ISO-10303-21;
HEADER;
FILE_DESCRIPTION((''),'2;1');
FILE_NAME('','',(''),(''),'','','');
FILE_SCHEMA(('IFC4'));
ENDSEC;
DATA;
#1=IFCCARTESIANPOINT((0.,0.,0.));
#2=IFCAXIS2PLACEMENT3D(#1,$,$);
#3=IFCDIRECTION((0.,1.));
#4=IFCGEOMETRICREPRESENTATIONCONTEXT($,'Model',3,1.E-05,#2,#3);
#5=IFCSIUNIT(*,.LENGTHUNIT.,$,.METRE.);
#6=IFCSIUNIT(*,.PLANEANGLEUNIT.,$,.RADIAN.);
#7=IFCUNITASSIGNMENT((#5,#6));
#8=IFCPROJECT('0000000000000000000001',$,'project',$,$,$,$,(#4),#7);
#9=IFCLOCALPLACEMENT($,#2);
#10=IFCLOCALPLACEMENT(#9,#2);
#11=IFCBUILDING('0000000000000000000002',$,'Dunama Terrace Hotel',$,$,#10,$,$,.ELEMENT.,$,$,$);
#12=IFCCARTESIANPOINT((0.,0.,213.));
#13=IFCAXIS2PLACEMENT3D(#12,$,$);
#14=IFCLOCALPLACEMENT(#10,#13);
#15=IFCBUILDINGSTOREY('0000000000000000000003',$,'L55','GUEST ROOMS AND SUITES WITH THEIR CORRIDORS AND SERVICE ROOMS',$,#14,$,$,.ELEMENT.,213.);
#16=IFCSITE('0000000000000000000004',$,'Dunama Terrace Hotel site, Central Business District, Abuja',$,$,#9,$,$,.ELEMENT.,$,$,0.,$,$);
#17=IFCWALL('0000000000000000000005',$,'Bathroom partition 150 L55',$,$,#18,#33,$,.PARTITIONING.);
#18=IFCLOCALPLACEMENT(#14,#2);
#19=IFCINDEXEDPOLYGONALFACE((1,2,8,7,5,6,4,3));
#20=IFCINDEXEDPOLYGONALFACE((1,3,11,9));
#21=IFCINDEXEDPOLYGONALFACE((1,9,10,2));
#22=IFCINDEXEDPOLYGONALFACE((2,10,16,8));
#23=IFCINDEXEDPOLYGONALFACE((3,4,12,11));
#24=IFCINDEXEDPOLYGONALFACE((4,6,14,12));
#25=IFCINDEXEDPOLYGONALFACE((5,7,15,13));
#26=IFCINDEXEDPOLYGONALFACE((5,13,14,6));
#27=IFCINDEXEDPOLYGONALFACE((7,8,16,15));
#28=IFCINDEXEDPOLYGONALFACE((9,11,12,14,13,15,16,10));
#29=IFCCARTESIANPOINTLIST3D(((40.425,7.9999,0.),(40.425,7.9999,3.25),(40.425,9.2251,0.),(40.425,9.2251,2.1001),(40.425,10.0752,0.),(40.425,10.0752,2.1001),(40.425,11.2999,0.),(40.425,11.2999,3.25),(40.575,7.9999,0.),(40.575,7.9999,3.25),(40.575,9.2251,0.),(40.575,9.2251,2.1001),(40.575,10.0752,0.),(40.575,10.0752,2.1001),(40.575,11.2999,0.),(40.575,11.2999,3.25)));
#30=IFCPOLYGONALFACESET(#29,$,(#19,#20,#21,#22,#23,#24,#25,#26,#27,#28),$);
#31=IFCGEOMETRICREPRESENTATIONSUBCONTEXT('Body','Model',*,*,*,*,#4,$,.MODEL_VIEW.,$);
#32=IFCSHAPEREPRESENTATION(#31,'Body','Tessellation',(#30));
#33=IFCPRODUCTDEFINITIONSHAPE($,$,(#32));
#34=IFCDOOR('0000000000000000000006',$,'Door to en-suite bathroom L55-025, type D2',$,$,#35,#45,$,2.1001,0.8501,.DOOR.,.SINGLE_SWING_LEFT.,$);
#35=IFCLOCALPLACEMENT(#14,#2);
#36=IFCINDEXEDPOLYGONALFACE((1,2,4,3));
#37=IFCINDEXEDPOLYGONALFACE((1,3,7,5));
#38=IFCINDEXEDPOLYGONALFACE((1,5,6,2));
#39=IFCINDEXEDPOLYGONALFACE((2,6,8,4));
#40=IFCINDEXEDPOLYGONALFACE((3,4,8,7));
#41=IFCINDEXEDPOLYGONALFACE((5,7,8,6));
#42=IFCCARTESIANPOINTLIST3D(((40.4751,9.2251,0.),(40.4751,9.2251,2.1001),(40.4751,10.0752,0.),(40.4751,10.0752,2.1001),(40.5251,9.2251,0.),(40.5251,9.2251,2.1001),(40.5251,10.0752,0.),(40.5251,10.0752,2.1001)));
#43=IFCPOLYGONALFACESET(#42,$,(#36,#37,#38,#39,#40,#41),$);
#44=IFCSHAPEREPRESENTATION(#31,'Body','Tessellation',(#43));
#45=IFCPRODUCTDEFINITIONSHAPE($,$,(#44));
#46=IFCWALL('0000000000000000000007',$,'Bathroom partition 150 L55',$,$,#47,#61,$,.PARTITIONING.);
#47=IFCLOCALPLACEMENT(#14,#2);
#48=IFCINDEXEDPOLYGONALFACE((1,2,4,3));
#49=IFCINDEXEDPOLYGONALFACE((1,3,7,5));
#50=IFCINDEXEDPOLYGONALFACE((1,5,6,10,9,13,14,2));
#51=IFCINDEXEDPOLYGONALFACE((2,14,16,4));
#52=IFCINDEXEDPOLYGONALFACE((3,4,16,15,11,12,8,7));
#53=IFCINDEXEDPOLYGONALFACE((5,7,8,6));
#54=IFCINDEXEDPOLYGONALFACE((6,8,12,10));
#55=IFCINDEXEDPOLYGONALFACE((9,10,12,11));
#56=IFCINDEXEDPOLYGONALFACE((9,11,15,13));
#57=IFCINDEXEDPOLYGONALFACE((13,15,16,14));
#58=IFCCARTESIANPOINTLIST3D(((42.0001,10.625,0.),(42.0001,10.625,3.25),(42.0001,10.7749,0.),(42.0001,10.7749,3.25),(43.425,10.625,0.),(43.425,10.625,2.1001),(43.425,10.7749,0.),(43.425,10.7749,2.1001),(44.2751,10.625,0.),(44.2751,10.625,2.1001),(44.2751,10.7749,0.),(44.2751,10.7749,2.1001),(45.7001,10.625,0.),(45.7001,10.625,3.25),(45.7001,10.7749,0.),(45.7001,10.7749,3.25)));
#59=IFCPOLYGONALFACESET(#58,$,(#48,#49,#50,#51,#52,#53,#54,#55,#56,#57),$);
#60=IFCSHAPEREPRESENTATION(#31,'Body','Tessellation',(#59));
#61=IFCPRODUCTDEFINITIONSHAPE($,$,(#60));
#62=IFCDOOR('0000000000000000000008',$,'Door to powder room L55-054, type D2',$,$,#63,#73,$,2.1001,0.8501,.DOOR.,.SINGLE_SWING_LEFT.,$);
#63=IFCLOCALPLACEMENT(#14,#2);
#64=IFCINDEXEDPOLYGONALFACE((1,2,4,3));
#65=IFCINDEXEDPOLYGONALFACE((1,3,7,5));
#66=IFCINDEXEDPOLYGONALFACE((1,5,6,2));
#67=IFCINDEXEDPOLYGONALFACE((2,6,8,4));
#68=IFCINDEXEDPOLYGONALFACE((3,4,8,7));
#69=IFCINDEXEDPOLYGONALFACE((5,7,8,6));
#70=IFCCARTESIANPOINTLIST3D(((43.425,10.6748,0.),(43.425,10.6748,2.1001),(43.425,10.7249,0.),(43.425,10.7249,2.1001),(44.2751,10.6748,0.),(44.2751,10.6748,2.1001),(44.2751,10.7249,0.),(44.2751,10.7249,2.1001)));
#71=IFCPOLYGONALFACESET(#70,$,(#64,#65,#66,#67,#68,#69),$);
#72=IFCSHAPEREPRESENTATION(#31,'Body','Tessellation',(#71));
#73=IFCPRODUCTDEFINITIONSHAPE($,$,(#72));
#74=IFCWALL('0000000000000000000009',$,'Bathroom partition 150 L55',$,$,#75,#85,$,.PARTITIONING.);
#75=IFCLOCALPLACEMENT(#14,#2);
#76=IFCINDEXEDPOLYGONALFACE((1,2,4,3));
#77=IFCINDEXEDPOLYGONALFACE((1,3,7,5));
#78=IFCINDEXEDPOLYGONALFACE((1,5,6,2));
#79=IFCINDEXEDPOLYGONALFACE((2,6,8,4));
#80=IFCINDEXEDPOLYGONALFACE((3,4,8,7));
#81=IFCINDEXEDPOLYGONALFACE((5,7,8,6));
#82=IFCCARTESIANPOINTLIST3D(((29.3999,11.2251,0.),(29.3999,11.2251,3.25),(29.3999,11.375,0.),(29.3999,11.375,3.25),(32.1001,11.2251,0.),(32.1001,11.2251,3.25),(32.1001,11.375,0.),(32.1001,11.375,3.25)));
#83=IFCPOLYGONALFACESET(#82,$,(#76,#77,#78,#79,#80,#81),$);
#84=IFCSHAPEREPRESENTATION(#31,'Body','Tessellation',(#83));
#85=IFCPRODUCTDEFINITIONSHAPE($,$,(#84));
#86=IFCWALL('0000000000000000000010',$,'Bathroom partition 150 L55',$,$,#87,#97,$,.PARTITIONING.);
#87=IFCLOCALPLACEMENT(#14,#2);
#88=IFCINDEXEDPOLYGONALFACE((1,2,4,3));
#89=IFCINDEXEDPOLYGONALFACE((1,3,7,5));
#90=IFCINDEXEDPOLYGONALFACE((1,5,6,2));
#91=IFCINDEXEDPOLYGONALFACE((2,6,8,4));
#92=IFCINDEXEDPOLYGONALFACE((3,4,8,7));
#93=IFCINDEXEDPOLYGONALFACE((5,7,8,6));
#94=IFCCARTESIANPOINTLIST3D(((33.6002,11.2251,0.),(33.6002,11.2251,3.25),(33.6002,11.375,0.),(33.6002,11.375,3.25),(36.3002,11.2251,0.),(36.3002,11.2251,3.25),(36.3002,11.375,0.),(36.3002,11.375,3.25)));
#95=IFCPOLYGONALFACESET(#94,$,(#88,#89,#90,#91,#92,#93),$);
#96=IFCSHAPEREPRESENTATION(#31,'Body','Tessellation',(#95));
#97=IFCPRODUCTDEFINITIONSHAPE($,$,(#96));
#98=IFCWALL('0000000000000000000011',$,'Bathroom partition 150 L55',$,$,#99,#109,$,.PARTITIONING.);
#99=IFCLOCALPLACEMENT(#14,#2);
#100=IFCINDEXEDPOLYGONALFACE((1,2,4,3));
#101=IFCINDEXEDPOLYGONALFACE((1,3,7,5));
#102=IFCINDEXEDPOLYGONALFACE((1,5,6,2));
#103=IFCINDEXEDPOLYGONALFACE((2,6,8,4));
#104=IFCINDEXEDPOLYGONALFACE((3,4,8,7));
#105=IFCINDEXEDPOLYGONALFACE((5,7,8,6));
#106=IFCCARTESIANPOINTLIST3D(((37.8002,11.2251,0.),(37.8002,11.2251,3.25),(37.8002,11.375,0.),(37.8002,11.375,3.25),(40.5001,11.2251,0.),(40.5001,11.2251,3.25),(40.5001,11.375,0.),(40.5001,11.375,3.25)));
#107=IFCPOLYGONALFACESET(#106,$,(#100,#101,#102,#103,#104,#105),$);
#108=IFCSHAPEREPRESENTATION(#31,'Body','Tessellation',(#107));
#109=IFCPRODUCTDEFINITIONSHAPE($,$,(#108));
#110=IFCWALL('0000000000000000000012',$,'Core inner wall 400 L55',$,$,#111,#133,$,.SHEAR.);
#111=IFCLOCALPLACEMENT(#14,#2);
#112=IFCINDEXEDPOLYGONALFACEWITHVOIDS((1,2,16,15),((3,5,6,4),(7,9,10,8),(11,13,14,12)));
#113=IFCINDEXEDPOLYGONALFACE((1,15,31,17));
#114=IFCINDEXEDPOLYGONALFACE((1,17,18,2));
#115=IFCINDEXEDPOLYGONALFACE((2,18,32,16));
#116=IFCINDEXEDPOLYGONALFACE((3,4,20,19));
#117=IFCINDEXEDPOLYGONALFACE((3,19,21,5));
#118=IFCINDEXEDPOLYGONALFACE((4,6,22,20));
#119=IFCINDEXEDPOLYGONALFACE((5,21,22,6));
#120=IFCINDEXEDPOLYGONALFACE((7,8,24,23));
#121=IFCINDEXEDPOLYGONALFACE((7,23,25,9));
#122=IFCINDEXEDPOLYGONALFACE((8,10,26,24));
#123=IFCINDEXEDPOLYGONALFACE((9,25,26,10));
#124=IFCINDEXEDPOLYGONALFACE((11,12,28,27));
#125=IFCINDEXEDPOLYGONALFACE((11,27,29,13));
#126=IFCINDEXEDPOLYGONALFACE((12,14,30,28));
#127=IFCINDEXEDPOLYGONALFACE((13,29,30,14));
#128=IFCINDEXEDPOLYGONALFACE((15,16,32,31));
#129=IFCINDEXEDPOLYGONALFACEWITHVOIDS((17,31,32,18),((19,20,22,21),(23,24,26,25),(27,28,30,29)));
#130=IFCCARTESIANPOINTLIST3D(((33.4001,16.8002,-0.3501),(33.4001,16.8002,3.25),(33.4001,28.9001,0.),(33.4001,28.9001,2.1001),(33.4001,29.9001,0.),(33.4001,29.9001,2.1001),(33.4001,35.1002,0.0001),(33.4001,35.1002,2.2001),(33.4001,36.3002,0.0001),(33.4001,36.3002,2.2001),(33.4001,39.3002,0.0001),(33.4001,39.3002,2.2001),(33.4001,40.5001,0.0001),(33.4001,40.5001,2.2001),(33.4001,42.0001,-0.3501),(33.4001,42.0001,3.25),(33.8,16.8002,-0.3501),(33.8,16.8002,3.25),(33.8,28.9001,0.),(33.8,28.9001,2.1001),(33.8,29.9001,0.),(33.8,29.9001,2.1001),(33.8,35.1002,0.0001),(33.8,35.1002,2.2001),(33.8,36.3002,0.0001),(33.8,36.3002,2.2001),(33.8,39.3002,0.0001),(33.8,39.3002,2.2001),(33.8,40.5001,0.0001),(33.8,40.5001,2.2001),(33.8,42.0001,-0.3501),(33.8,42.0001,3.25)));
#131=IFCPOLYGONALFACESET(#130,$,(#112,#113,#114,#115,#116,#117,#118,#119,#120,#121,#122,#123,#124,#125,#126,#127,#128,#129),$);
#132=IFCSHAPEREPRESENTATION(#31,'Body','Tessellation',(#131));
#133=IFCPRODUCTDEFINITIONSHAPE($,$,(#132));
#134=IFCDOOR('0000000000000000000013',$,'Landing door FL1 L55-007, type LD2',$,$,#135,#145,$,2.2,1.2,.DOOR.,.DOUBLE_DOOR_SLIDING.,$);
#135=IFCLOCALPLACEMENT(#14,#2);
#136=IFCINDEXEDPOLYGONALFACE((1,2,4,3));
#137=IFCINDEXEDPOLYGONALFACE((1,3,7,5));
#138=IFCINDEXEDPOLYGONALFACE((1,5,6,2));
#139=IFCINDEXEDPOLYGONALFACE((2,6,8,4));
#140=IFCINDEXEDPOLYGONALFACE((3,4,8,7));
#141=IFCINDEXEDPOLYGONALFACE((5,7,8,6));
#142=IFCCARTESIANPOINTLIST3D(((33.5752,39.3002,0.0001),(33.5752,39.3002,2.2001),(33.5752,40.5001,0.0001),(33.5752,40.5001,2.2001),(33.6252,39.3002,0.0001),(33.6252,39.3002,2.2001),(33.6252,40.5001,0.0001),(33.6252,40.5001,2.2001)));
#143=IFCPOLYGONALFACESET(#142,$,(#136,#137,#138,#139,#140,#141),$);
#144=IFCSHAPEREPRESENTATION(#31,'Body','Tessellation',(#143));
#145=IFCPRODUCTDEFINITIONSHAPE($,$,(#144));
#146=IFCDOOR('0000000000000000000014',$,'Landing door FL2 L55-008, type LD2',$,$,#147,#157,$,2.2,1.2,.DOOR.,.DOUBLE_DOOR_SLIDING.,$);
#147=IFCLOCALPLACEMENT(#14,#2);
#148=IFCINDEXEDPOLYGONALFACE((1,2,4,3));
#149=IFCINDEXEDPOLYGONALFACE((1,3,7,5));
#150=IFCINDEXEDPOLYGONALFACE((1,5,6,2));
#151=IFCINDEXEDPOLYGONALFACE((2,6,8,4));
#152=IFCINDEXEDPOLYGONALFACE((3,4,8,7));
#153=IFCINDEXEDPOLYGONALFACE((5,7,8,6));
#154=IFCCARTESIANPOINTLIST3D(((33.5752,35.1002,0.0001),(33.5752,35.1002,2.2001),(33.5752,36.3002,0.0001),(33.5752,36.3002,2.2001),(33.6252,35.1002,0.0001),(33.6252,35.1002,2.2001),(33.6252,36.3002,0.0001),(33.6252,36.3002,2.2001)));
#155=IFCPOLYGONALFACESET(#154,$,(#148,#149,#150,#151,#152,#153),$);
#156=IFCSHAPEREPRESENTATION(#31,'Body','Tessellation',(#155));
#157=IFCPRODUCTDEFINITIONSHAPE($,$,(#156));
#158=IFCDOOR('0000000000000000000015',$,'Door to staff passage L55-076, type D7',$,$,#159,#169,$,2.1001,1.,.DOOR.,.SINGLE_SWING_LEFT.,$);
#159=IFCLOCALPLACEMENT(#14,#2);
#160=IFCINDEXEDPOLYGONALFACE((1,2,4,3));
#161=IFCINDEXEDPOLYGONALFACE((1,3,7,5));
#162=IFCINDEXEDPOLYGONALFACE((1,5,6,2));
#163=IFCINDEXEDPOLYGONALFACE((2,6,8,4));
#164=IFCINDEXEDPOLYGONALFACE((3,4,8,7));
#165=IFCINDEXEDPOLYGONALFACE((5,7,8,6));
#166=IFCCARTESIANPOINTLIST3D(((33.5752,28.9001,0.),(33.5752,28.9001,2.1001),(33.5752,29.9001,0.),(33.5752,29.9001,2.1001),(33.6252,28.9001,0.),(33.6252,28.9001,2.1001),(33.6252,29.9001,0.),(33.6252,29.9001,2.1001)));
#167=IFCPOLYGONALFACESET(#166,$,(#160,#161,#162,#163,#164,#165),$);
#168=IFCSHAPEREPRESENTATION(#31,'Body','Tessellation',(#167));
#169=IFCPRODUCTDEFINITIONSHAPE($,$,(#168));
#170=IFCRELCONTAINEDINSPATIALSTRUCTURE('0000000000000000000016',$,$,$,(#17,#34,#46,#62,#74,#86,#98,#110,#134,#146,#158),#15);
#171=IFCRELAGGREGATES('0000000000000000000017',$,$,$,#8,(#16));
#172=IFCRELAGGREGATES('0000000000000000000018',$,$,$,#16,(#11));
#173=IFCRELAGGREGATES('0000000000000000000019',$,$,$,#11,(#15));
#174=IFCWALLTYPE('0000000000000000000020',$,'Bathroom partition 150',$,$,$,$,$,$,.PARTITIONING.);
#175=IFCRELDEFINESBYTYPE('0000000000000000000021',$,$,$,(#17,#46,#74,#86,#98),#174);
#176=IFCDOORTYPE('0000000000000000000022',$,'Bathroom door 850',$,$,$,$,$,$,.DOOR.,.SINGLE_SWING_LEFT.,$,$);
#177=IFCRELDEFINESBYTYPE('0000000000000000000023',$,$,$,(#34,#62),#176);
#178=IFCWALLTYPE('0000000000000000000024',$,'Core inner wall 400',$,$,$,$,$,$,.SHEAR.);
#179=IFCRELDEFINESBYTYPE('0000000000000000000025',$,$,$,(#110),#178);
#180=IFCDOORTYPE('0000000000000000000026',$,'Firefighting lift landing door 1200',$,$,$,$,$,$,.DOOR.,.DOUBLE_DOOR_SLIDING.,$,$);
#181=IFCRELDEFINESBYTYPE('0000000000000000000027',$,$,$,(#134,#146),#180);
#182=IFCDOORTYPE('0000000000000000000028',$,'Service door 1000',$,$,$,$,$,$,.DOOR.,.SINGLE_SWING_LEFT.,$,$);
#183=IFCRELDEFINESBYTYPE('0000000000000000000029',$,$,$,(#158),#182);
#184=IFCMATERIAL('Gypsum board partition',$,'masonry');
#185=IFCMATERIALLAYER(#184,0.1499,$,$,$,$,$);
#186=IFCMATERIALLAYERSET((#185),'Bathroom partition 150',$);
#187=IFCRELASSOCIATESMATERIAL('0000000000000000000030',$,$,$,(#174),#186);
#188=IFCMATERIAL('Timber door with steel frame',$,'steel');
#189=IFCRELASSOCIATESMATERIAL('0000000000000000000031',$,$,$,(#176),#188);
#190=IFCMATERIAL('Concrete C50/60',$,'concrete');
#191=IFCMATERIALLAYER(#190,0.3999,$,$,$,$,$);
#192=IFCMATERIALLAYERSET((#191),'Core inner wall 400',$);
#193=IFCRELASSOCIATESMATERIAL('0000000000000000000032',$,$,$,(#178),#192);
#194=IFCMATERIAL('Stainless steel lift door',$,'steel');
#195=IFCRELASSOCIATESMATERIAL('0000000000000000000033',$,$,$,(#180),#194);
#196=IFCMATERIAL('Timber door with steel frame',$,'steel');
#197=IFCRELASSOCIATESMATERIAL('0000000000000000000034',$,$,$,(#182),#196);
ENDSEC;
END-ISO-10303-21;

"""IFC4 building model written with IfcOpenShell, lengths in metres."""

from ifc_helpers import new_model, si_unit, direction, frame, frame_2d, origin, place, context, subcontext, project, spatial, rectangle, extrude, material, layer, layer_set, type_object, element, fill, save


model = new_model("IFC4")

# Units and contexts
model_context = context("Model", 3, precision=1e-05, world=origin(), true_north=direction((0.0, 1.0)))
body_context = subcontext(model_context, "Body", "Model", "MODEL_VIEW")
ifc_project = project(units=[si_unit("LENGTHUNIT", "METRE"), si_unit("PLANEANGLEUNIT", "RADIAN")], contexts=[model_context])

# Site, building, storey
site_placement = place(None, origin())
site = spatial("IfcSite", under=ifc_project, at=site_placement, Name="Dunama Terrace Hotel site, Central Business District, Abuja", CompositionType="ELEMENT", RefElevation=0.0)
building_placement = place(site_placement, origin())
building = spatial("IfcBuilding", under=site, at=building_placement, Name="Dunama Terrace Hotel", CompositionType="ELEMENT")
storey_placement = place(building_placement, frame((0.0, 0.0, 213.0)))
storey = spatial("IfcBuildingStorey", under=building, at=storey_placement, Name="L55", Description="GUEST ROOMS AND SUITES WITH THEIR CORRIDORS AND SERVICE ROOMS", CompositionType="ELEMENT", Elevation=213.0)

# Walls, openings, doors
ifc_material_1 = material(Name="Gypsum board partition", Category="masonry")
ifc_layer_1 = layer(ifc_material_1, 0.1499)
ifc_layer_set_1 = layer_set([ifc_layer_1], Name="Bathroom partition 150")
wall_type_1 = type_object("IfcWallType", Name="Bathroom partition 150", PredefinedType="PARTITIONING", material=ifc_layer_set_1)
wall_1_placement = place(storey_placement, frame((40.5, 8.0, 0.0), z_axis=(0.0, 0.0, 1.0), x_axis=(0.0, 1.0, 0.0)))
wall_1 = element("IfcWall", 1, at=wall_1_placement, inside=storey, type_object=wall_type_1, Name="Bathroom partition 150 L55", PredefinedType="PARTITIONING", context=body_context, shape_type="SweptSolid", body=[
    extrude(rectangle(XDim=3.3, YDim=0.1499, at=frame_2d((1.6499, 0.0))), origin(), (0.0, 0.0, 1.0), 3.25),
])
opening_1_placement = place(wall_1_placement, frame((1.2251, 0.0, 0.0)))
opening_1 = element("IfcOpeningElement", 2, at=opening_1_placement, cuts=wall_1, PredefinedType="OPENING", context=body_context, shape_type="SweptSolid", body=[
    extrude(rectangle(XDim=0.8501, YDim=2.1001, at=frame_2d((0.425, 1.05))), frame((0.0, 0.085, 0.0), z_axis=(0.0, -1.0, 0.0), x_axis=(1.0, 0.0, 0.0)), (0.0, 0.0, 1.0), 0.1699),
])
ifc_material_2 = material(Name="Timber door with steel frame", Category="steel")
door_type_1 = type_object("IfcDoorType", Name="Bathroom door 850", OperationType="SINGLE_SWING_LEFT", PredefinedType="DOOR", material=ifc_material_2)
door_1_placement = place(opening_1_placement, origin())
door_1 = element("IfcDoor", 3, at=door_1_placement, inside=storey, type_object=door_type_1, Name="Door to en-suite bathroom L55-025, type D2", OperationType="SINGLE_SWING_LEFT", OverallHeight=2.1001, OverallWidth=0.8501, PredefinedType="DOOR", context=body_context, shape_type="SweptSolid", body=[
    extrude(rectangle(XDim=0.8501, YDim=2.1001, at=frame_2d((0.425, 1.05))), frame((0.0, 0.0249, 0.0), z_axis=(0.0, -1.0, 0.0), x_axis=(1.0, 0.0, 0.0)), (0.0, 0.0, 1.0), 0.05),
])
fill(opening_1, door_1)
wall_2_placement = place(storey_placement, frame((42.0, 10.7, 0.0), z_axis=(0.0, 0.0, 1.0), x_axis=(1.0, 0.0, 0.0)))
wall_2 = element("IfcWall", 4, at=wall_2_placement, inside=storey, type_object=wall_type_1, Name="Bathroom partition 150 L55", PredefinedType="PARTITIONING", context=body_context, shape_type="SweptSolid", body=[
    extrude(rectangle(XDim=3.7, YDim=0.1499, at=frame_2d((1.8501, 0.0))), origin(), (0.0, 0.0, 1.0), 3.25),
])
opening_2_placement = place(wall_2_placement, frame((1.425, 0.0, 0.0)))
opening_2 = element("IfcOpeningElement", 5, at=opening_2_placement, cuts=wall_2, PredefinedType="OPENING", context=body_context, shape_type="SweptSolid", body=[
    extrude(rectangle(XDim=0.8501, YDim=2.1001, at=frame_2d((0.425, 1.05))), frame((0.0, 0.085, 0.0), z_axis=(0.0, -1.0, 0.0), x_axis=(1.0, 0.0, 0.0)), (0.0, 0.0, 1.0), 0.1699),
])
door_2_placement = place(opening_2_placement, origin())
door_2 = element("IfcDoor", 6, at=door_2_placement, inside=storey, type_object=door_type_1, Name="Door to powder room L55-054, type D2", OperationType="SINGLE_SWING_LEFT", OverallHeight=2.1001, OverallWidth=0.8501, PredefinedType="DOOR", context=body_context, shape_type="SweptSolid", body=[
    extrude(rectangle(XDim=0.8501, YDim=2.1001, at=frame_2d((0.425, 1.05))), frame((0.0, 0.0249, 0.0), z_axis=(0.0, -1.0, 0.0), x_axis=(1.0, 0.0, 0.0)), (0.0, 0.0, 1.0), 0.05),
])
fill(opening_2, door_2)

# Walls
wall_3_placement = place(storey_placement, frame((29.3999, 11.3, 0.0), z_axis=(0.0, 0.0, 1.0), x_axis=(1.0, 0.0, 0.0)))
element("IfcWall", 7, at=wall_3_placement, inside=storey, type_object=wall_type_1, Name="Bathroom partition 150 L55", PredefinedType="PARTITIONING", context=body_context, shape_type="SweptSolid", body=[
    extrude(rectangle(XDim=2.7002, YDim=0.1499, at=frame_2d((1.3501, 0.0))), origin(), (0.0, 0.0, 1.0), 3.25),
])
for number, where, z_axis, x_axis, name in (
    (8, (33.6001, 11.3, 0.0), (0.0, 0.0, 1.0), (1.0, 0.0, 0.0), "Bathroom partition 150 L55"),
    (9, (37.8, 11.3, 0.0), (0.0, 0.0, 1.0), (1.0, 0.0, 0.0), "Bathroom partition 150 L55"),
):
    element("IfcWall", number, at=place(storey_placement, frame(where, z_axis=z_axis, x_axis=x_axis)), inside=storey, type_object=wall_type_1, Name=name, PredefinedType="PARTITIONING", context=body_context, shape_type="SweptSolid", body=[
        extrude(rectangle(XDim=2.7, YDim=0.1499, at=frame_2d((1.3501, 0.0))), origin(), (0.0, 0.0, 1.0), 3.25),
    ])

# Wall, openings, doors
ifc_material_3 = material(Name="Concrete C50/60", Category="concrete")
ifc_layer_2 = layer(ifc_material_3, 0.3999)
ifc_layer_set_2 = layer_set([ifc_layer_2], Name="Core inner wall 400")
wall_type_2 = type_object("IfcWallType", Name="Core inner wall 400", PredefinedType="SHEAR", material=ifc_layer_set_2)
wall_4_placement = place(storey_placement, frame((33.6001, 16.8, -0.3501), z_axis=(0.0, 0.0, 1.0), x_axis=(0.0, 1.0, 0.0)))
wall_4 = element("IfcWall", 10, at=wall_4_placement, inside=storey, type_object=wall_type_2, Name="Core inner wall 400 L55", PredefinedType="SHEAR", context=body_context, shape_type="SweptSolid", body=[
    extrude(rectangle(XDim=25.2, YDim=0.3999, at=frame_2d((12.6001, 0.0))), origin(), (0.0, 0.0, 1.0), 3.6001),
])
opening_3_placement = place(wall_4_placement, frame((22.5, 0.0, 0.3501)))
opening_3 = element("IfcOpeningElement", 11, at=opening_3_placement, cuts=wall_4, PredefinedType="OPENING", context=body_context, shape_type="SweptSolid", body=[
    extrude(rectangle(XDim=1.2, YDim=2.2, at=frame_2d((0.6001, 1.1001))), frame((0.0, 0.21, 0.0), z_axis=(0.0, -1.0, 0.0), x_axis=(1.0, 0.0, 0.0)), (0.0, 0.0, 1.0), 0.4199),
])
opening_4_placement = place(wall_4_placement, frame((18.3, 0.0, 0.3501)))
opening_4 = element("IfcOpeningElement", 12, at=opening_4_placement, cuts=wall_4, PredefinedType="OPENING", context=body_context, shape_type="SweptSolid", body=[
    extrude(rectangle(XDim=1.2, YDim=2.2, at=frame_2d((0.6001, 1.1001))), frame((0.0, 0.21, 0.0), z_axis=(0.0, -1.0, 0.0), x_axis=(1.0, 0.0, 0.0)), (0.0, 0.0, 1.0), 0.4199),
])
opening_5_placement = place(wall_4_placement, frame((12.1001, 0.0, 0.3501)))
opening_5 = element("IfcOpeningElement", 13, at=opening_5_placement, cuts=wall_4, PredefinedType="OPENING", context=body_context, shape_type="SweptSolid", body=[
    extrude(rectangle(XDim=1.0, YDim=2.1001, at=frame_2d((0.5, 1.05))), frame((0.0, 0.21, 0.0), z_axis=(0.0, -1.0, 0.0), x_axis=(1.0, 0.0, 0.0)), (0.0, 0.0, 1.0), 0.4199),
])
ifc_material_4 = material(Name="Stainless steel lift door", Category="steel")
door_type_2 = type_object("IfcDoorType", Name="Firefighting lift landing door 1200", OperationType="DOUBLE_DOOR_SLIDING", PredefinedType="DOOR", material=ifc_material_4)
door_3_placement = place(opening_3_placement, origin())
door_3 = element("IfcDoor", 14, at=door_3_placement, inside=storey, type_object=door_type_2, Name="Landing door FL1 L55-007, type LD2", OperationType="DOUBLE_DOOR_SLIDING", OverallHeight=2.2, OverallWidth=1.2, PredefinedType="DOOR", context=body_context, shape_type="SweptSolid", body=[
    extrude(rectangle(XDim=1.2, YDim=2.2, at=frame_2d((0.6001, 1.1001))), frame((0.0, 0.0249, 0.0), z_axis=(0.0, -1.0, 0.0), x_axis=(1.0, 0.0, 0.0)), (0.0, 0.0, 1.0), 0.05),
])
fill(opening_3, door_3)
door_4_placement = place(opening_4_placement, origin())
door_4 = element("IfcDoor", 15, at=door_4_placement, inside=storey, type_object=door_type_2, Name="Landing door FL2 L55-008, type LD2", OperationType="DOUBLE_DOOR_SLIDING", OverallHeight=2.2, OverallWidth=1.2, PredefinedType="DOOR", context=body_context, shape_type="SweptSolid", body=[
    extrude(rectangle(XDim=1.2, YDim=2.2, at=frame_2d((0.6001, 1.1001))), frame((0.0, 0.0249, 0.0), z_axis=(0.0, -1.0, 0.0), x_axis=(1.0, 0.0, 0.0)), (0.0, 0.0, 1.0), 0.05),
])
fill(opening_4, door_4)
ifc_material_5 = material(Name="Timber door with steel frame", Category="steel")
door_type_3 = type_object("IfcDoorType", Name="Service door 1000", OperationType="SINGLE_SWING_LEFT", PredefinedType="DOOR", material=ifc_material_5)
door_5_placement = place(opening_5_placement, origin())
door_5 = element("IfcDoor", 16, at=door_5_placement, inside=storey, type_object=door_type_3, Name="Door to staff passage L55-076, type D7", OperationType="SINGLE_SWING_LEFT", OverallHeight=2.1001, OverallWidth=1.0, PredefinedType="DOOR", context=body_context, shape_type="SweptSolid", body=[
    extrude(rectangle(XDim=1.0, YDim=2.1001, at=frame_2d((0.5, 1.05))), frame((0.0, 0.0249, 0.0), z_axis=(0.0, -1.0, 0.0), x_axis=(1.0, 0.0, 0.0)), (0.0, 0.0, 1.0), 0.05),
])
fill(opening_5, door_5)

save(model, "model.ifc")
